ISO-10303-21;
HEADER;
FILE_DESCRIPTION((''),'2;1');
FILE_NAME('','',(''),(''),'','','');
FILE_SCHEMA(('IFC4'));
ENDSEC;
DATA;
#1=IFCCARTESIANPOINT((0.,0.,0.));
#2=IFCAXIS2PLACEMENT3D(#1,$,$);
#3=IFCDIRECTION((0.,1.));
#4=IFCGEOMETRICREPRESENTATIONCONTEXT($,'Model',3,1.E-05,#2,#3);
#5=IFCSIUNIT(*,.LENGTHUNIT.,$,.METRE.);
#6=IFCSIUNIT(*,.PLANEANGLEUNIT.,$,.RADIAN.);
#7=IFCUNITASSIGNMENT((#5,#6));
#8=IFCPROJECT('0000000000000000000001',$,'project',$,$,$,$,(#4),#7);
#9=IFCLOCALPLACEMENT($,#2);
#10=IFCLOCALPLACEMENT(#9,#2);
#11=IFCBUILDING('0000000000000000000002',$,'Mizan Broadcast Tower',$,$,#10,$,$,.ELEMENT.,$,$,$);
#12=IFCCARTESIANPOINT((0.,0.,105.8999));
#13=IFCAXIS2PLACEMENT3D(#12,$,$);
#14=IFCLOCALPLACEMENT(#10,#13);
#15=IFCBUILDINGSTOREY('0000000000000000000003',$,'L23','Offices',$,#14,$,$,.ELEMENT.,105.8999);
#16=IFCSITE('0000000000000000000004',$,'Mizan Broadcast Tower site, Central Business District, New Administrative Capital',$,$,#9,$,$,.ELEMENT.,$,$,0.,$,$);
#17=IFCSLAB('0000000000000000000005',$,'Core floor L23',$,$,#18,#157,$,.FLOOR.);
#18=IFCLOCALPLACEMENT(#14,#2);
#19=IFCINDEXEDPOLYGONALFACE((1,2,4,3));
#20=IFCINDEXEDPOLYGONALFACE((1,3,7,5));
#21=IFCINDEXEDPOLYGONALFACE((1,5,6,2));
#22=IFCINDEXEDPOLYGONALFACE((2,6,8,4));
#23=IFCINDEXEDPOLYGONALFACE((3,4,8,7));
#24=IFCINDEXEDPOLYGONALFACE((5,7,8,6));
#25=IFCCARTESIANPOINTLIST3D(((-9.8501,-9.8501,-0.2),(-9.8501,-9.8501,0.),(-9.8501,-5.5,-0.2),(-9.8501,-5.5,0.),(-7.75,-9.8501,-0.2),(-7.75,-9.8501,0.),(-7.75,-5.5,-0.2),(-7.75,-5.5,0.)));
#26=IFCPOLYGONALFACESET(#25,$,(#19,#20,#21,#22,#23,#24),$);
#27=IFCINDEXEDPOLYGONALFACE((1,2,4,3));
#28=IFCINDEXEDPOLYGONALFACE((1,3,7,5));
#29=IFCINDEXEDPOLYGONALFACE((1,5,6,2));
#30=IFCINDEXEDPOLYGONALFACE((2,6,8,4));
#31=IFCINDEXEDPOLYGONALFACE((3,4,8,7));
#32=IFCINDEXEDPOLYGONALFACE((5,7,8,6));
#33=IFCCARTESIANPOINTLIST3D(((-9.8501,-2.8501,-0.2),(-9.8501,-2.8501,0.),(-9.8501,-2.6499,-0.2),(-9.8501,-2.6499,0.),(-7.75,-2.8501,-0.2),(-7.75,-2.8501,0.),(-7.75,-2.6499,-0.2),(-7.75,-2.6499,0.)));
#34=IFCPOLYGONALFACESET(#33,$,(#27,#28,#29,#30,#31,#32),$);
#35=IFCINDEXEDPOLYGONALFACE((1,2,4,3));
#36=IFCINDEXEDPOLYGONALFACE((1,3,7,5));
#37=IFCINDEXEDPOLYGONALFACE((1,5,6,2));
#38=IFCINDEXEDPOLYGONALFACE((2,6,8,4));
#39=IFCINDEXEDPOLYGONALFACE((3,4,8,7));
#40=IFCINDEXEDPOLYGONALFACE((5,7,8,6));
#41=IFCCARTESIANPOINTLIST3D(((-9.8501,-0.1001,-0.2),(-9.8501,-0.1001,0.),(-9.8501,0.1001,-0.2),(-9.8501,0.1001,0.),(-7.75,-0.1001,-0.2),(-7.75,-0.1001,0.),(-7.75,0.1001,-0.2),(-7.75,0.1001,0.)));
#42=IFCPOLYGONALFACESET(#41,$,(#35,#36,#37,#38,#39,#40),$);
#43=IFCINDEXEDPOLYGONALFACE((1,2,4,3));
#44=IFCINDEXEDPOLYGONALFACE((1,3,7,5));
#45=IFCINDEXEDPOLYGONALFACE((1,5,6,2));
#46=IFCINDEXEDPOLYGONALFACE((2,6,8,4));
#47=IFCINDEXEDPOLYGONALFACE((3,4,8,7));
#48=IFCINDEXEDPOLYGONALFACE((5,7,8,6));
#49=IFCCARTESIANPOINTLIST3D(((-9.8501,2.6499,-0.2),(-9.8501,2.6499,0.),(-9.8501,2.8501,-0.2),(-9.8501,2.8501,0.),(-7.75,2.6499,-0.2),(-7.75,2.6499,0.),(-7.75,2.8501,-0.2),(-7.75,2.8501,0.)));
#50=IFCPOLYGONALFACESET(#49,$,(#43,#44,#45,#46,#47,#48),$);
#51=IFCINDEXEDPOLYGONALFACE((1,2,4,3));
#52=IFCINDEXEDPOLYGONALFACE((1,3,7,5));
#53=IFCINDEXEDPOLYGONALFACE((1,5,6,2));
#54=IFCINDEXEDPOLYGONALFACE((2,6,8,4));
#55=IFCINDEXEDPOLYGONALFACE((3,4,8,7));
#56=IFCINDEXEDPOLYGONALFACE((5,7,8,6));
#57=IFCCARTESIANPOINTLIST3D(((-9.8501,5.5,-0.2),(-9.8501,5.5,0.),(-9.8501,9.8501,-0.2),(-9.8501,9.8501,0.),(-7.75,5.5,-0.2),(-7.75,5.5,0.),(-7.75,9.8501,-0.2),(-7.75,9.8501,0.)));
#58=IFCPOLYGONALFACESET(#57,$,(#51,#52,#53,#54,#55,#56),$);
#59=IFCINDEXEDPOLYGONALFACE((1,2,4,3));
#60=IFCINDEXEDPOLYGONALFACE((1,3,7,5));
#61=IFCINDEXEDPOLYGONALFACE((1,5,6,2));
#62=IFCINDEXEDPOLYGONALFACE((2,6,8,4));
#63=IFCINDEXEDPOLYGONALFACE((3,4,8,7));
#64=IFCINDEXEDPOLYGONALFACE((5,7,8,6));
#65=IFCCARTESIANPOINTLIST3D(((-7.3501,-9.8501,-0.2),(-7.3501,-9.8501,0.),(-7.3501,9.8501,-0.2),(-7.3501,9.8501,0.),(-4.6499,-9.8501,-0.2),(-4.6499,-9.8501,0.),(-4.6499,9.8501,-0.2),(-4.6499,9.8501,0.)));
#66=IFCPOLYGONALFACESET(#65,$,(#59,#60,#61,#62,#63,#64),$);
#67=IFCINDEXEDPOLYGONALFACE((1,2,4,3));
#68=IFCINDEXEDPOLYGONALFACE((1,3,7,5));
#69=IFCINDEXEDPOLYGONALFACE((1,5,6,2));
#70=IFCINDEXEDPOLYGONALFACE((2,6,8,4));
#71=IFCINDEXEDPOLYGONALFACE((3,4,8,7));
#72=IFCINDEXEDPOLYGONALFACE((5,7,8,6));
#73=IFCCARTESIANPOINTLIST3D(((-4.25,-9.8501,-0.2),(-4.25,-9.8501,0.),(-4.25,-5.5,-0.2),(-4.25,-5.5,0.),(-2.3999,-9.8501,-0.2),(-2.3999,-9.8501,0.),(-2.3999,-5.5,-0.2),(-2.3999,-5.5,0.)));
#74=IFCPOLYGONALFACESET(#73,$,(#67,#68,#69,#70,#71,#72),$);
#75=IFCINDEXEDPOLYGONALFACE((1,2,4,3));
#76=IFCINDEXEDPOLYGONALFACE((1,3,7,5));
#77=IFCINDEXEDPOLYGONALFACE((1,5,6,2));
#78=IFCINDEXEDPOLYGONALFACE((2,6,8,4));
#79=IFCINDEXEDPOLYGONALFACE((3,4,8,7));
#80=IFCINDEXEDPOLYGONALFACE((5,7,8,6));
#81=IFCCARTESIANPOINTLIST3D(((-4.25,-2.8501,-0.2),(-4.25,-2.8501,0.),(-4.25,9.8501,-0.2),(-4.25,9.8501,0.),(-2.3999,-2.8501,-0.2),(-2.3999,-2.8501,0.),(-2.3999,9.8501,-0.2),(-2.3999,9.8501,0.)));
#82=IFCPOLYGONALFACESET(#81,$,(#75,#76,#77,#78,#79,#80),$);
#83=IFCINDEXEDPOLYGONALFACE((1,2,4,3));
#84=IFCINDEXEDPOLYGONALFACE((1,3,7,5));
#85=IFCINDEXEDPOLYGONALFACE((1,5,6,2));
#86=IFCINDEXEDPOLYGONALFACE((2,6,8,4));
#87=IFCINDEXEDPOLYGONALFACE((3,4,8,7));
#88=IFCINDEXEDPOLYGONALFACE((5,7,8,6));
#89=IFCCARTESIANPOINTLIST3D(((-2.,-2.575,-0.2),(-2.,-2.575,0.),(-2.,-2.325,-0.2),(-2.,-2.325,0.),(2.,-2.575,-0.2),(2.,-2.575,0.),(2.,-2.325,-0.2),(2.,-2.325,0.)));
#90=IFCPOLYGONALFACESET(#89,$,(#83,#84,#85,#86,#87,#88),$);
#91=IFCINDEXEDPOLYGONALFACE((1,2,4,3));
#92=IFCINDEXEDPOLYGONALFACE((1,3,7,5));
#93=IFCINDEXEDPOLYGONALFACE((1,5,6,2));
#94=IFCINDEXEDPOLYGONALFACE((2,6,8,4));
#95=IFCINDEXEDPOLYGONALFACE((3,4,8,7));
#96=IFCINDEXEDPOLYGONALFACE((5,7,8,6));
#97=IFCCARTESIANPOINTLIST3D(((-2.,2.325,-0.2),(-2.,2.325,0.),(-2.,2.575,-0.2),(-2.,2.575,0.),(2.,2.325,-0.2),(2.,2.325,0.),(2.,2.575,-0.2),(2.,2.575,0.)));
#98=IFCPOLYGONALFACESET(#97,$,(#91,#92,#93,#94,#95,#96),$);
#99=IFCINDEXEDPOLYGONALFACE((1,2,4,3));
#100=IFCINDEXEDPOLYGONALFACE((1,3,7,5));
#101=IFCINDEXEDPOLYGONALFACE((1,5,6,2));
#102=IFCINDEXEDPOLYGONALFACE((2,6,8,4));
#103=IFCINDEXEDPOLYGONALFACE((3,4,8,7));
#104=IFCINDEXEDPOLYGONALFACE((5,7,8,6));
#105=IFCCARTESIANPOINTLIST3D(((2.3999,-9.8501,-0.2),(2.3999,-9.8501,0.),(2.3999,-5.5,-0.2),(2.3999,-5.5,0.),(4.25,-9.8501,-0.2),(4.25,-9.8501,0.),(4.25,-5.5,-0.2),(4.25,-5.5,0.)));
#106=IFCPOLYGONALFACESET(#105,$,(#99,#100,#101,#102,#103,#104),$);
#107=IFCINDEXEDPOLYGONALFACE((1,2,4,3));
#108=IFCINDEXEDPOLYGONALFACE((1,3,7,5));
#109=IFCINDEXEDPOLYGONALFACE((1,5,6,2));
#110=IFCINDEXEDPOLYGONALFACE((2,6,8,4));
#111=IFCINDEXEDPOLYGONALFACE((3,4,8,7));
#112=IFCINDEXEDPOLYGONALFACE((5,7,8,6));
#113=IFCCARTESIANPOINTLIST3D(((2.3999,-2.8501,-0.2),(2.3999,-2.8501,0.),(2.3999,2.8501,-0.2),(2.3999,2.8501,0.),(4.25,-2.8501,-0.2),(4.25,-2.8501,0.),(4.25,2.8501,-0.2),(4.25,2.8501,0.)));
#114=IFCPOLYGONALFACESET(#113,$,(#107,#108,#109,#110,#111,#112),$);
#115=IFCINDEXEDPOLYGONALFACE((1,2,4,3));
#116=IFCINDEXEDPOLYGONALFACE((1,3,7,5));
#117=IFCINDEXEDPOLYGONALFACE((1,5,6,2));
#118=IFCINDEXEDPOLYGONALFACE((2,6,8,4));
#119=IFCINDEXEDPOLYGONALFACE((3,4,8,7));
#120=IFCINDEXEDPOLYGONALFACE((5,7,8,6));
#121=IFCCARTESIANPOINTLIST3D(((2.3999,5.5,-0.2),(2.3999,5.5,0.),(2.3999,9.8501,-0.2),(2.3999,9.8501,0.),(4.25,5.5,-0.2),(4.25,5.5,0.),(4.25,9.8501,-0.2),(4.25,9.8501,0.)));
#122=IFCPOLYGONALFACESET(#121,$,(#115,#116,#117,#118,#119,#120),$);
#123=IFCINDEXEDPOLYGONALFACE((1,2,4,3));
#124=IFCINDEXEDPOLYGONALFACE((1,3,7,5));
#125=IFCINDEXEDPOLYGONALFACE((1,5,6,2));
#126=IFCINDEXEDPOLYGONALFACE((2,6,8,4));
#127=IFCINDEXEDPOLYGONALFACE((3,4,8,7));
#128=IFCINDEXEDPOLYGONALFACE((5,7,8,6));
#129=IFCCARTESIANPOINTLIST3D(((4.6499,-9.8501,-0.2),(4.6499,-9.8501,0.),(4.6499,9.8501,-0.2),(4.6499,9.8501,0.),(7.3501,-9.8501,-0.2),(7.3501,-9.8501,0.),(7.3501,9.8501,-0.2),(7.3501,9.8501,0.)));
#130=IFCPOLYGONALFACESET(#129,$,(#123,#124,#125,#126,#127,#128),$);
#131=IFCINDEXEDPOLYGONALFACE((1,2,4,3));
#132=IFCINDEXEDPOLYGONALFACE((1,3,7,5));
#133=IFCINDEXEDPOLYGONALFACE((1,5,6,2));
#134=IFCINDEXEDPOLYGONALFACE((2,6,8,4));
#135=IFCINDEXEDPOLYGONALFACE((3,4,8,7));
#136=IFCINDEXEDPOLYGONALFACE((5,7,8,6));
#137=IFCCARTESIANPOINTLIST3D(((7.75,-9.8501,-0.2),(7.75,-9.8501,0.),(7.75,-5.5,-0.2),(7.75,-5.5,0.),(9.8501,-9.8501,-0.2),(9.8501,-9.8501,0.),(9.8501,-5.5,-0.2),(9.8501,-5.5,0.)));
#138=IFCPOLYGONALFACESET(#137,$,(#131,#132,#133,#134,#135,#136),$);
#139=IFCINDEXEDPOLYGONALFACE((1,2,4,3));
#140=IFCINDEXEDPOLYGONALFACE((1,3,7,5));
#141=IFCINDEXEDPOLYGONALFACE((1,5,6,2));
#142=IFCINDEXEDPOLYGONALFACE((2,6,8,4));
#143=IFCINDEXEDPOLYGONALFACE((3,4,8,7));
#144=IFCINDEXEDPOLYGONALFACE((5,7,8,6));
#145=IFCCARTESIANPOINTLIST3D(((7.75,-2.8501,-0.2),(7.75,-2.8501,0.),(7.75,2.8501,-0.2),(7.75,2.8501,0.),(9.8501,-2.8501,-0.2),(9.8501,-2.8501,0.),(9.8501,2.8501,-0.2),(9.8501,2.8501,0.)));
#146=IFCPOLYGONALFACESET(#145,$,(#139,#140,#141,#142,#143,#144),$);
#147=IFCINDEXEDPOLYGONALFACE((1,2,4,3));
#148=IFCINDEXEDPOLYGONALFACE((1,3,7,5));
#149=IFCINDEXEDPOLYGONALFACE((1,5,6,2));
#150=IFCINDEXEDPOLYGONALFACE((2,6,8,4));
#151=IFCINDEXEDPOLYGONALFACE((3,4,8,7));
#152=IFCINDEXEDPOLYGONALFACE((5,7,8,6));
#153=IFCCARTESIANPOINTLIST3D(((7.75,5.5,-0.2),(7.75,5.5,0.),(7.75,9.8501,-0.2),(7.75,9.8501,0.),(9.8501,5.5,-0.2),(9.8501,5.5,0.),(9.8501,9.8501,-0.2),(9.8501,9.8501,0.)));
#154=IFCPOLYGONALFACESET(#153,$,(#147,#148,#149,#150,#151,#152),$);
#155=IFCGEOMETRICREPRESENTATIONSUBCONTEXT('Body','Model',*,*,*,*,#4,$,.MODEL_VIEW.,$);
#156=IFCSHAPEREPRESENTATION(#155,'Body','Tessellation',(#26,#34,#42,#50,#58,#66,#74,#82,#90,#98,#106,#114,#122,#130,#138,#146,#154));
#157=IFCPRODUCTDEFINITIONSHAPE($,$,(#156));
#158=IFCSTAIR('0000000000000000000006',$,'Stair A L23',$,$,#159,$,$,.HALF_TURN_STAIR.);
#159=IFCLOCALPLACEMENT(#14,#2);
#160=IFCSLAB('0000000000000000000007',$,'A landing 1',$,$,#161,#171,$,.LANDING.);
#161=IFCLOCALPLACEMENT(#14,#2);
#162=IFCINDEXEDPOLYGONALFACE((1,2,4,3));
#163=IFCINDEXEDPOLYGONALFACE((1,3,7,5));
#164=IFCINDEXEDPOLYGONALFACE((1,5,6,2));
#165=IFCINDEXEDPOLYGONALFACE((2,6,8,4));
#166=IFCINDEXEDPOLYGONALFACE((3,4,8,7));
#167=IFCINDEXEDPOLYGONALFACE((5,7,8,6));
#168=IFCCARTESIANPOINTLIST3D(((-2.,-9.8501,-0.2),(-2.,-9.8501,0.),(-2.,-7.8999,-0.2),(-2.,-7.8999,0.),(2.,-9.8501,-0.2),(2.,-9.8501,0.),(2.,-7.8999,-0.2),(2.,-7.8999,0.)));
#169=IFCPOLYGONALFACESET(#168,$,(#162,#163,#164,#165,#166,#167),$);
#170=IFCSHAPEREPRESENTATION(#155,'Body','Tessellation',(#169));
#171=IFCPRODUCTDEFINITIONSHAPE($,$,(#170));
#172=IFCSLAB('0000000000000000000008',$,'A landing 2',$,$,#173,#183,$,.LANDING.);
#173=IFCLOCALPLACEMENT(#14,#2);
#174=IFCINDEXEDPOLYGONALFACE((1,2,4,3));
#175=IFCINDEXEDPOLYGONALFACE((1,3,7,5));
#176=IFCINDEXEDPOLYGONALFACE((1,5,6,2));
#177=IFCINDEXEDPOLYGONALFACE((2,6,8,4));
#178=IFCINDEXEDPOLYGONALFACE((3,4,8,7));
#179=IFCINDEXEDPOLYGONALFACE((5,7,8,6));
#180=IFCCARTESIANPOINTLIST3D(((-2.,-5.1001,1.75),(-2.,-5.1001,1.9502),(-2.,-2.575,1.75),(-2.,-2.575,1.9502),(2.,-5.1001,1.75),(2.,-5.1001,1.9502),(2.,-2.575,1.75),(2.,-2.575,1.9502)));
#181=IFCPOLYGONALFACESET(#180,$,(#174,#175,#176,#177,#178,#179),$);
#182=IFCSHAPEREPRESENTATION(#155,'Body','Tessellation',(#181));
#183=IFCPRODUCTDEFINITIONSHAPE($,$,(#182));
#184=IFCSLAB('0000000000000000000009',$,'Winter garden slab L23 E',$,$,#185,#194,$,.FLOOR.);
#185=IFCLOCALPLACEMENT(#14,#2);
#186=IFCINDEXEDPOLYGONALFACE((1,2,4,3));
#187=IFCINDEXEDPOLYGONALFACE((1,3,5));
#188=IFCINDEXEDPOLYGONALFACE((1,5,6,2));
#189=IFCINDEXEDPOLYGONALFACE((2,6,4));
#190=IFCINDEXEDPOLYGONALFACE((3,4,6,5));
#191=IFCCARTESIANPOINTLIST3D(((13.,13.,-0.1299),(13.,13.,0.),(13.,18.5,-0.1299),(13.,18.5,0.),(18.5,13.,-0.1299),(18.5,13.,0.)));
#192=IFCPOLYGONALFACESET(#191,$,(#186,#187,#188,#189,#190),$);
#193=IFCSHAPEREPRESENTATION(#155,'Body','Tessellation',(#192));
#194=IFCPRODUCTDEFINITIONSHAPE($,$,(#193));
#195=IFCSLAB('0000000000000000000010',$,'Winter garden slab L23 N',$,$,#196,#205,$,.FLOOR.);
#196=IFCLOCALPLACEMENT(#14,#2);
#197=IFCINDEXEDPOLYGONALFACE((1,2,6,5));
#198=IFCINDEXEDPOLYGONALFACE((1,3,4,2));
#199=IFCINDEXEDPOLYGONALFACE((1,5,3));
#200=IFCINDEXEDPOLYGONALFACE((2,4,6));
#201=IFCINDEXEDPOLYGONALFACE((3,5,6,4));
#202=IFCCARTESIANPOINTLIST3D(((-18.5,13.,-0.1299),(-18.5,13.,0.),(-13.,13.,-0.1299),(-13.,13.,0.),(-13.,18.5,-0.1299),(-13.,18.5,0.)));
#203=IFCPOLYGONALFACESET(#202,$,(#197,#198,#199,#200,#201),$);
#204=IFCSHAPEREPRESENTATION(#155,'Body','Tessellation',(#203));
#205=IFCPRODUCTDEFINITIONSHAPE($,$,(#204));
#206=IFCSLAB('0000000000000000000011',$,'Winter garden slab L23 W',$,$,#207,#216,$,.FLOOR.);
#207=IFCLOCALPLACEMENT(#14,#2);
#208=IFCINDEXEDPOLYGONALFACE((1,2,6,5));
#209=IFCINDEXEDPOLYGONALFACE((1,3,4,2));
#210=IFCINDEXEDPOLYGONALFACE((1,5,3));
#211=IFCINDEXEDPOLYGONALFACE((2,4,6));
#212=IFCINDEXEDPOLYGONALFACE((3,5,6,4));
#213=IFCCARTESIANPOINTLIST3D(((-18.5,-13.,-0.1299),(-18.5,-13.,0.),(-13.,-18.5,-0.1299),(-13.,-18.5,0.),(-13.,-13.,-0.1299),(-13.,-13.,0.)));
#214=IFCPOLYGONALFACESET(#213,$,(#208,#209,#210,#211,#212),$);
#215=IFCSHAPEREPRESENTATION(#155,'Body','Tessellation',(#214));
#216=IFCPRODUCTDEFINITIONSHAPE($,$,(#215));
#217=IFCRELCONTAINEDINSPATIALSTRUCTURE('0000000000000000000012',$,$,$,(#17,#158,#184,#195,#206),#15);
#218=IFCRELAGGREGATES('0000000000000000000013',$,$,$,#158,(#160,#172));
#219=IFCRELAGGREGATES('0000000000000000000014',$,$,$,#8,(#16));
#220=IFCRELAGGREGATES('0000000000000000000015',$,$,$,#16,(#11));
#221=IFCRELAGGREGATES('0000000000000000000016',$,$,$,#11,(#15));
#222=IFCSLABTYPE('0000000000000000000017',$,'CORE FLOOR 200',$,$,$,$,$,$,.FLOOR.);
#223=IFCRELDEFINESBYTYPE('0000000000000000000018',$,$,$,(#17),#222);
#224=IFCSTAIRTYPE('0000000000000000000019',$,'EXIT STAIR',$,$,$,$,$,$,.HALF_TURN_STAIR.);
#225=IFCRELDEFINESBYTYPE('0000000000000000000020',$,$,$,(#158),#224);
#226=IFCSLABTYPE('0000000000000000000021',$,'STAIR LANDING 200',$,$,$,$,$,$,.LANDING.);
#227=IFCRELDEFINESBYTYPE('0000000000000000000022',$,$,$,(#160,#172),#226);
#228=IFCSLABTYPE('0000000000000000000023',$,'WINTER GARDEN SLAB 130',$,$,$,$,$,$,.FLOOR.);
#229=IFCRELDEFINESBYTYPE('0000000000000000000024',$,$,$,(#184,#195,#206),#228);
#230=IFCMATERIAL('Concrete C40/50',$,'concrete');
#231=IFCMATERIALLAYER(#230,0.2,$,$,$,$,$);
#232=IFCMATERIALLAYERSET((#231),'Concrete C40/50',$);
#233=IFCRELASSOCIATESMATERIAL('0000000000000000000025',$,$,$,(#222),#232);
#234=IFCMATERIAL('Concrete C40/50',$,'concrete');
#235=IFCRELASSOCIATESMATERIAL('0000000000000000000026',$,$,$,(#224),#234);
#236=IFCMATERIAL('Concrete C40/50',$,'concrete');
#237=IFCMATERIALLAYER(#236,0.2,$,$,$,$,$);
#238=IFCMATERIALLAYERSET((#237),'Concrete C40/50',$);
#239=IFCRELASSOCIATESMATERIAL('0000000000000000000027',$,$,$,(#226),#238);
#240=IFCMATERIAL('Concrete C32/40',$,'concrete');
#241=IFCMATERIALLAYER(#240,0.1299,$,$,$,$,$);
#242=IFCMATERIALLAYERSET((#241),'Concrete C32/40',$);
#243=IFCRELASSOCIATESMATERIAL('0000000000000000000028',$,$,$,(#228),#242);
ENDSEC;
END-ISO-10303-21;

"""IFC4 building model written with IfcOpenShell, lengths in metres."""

from ifc_helpers import new_model, si_unit, direction, frame, origin, place, context, subcontext, project, spatial, polyline, outline, extrude, material, layer, layer_set, type_object, element, aggregate, save


model = new_model("IFC4")

# Units and contexts
model_context = context("Model", 3, precision=1e-05, world=origin(), true_north=direction((0.0, 1.0)))
body_context = subcontext(model_context, "Body", "Model", "MODEL_VIEW")
ifc_project = project(units=[si_unit("LENGTHUNIT", "METRE"), si_unit("PLANEANGLEUNIT", "RADIAN")], contexts=[model_context])

# Site, building, storey
site_placement = place(None, origin())
site = spatial("IfcSite", under=ifc_project, at=site_placement, Name="Mizan Broadcast Tower site, Central Business District, New Administrative Capital", CompositionType="ELEMENT", RefElevation=0.0)
building_placement = place(site_placement, origin())
building = spatial("IfcBuilding", under=site, at=building_placement, Name="Mizan Broadcast Tower", CompositionType="ELEMENT")
storey_placement = place(building_placement, frame((0.0, 0.0, 105.8999)))
storey = spatial("IfcBuildingStorey", under=building, at=storey_placement, Name="L23", Description="Offices", CompositionType="ELEMENT", Elevation=105.8999)

# Slab
ifc_material_1 = material(Name="Concrete C40/50", Category="concrete")
ifc_layer_1 = layer(ifc_material_1, 0.2)
ifc_layer_set_1 = layer_set([ifc_layer_1], Name="Concrete C40/50")
slab_type_1 = type_object("IfcSlabType", Name="CORE FLOOR 200", PredefinedType="FLOOR", material=ifc_layer_set_1)
slab_1_placement = place(storey_placement, frame((0.0, 0.0, -0.2)))
element("IfcSlab", 1, at=slab_1_placement, inside=storey, type_object=slab_type_1, Name="Core floor L23", PredefinedType="FLOOR", context=body_context, shape_type="SweptSolid", body=[
    extrude(outline(polyline([(-9.8501, -9.8501), (-7.75, -9.8501), (-7.75, -5.5), (-9.8501, -5.5), (-9.8501, -9.8501)])), origin(), (0.0, 0.0, 1.0), 0.2),
    extrude(outline(polyline([(-9.8501, -2.8501), (-7.75, -2.8501), (-7.75, -2.6499), (-9.8501, -2.6499), (-9.8501, -2.8501)])), origin(), (0.0, 0.0, 1.0), 0.2),
    extrude(outline(polyline([(-9.8501, -0.1001), (-7.75, -0.1001), (-7.75, 0.1001), (-9.8501, 0.1001), (-9.8501, -0.1001)])), origin(), (0.0, 0.0, 1.0), 0.2),
    extrude(outline(polyline([(-9.8501, 2.6499), (-7.75, 2.6499), (-7.75, 2.8501), (-9.8501, 2.8501), (-9.8501, 2.6499)])), origin(), (0.0, 0.0, 1.0), 0.2),
    extrude(outline(polyline([(-9.8501, 5.5), (-7.75, 5.5), (-7.75, 9.8501), (-9.8501, 9.8501), (-9.8501, 5.5)])), origin(), (0.0, 0.0, 1.0), 0.2),
    extrude(outline(polyline([(-4.6499, 9.8501), (-7.3501, 9.8501), (-7.3501, -9.8501), (-4.6499, -9.8501), (-4.6499, 9.8501)])), origin(), (0.0, 0.0, 1.0), 0.2),
    extrude(outline(polyline([(-4.25, -5.5), (-4.25, -9.8501), (-2.3999, -9.8501), (-2.3999, -5.5), (-4.25, -5.5)])), origin(), (0.0, 0.0, 1.0), 0.2),
    extrude(outline(polyline([(-4.25, -2.8501), (-2.3999, -2.8501), (-2.3999, 9.8501), (-4.25, 9.8501), (-4.25, -2.8501)])), origin(), (0.0, 0.0, 1.0), 0.2),
    extrude(outline(polyline([(2.0, -2.325), (-2.0, -2.325), (-2.0, -2.575), (2.0, -2.575), (2.0, -2.325)])), origin(), (0.0, 0.0, 1.0), 0.2),
    extrude(outline(polyline([(2.0, 2.575), (-2.0, 2.575), (-2.0, 2.325), (2.0, 2.325), (2.0, 2.575)])), origin(), (0.0, 0.0, 1.0), 0.2),
    extrude(outline(polyline([(4.25, -9.8501), (4.25, -5.5), (2.3999, -5.5), (2.3999, -9.8501), (4.25, -9.8501)])), origin(), (0.0, 0.0, 1.0), 0.2),
    extrude(outline(polyline([(4.25, -2.8501), (4.25, 2.8501), (2.3999, 2.8501), (2.3999, -2.8501), (4.25, -2.8501)])), origin(), (0.0, 0.0, 1.0), 0.2),
    extrude(outline(polyline([(4.25, 5.5), (4.25, 9.8501), (2.3999, 9.8501), (2.3999, 5.5), (4.25, 5.5)])), origin(), (0.0, 0.0, 1.0), 0.2),
    extrude(outline(polyline([(4.6499, 9.8501), (4.6499, -9.8501), (7.3501, -9.8501), (7.3501, 9.8501), (4.6499, 9.8501)])), origin(), (0.0, 0.0, 1.0), 0.2),
    extrude(outline(polyline([(9.8501, -9.8501), (9.8501, -5.5), (7.75, -5.5), (7.75, -9.8501), (9.8501, -9.8501)])), origin(), (0.0, 0.0, 1.0), 0.2),
    extrude(outline(polyline([(7.75, 2.8501), (7.75, -2.8501), (9.8501, -2.8501), (9.8501, 2.8501), (7.75, 2.8501)])), origin(), (0.0, 0.0, 1.0), 0.2),
    extrude(outline(polyline([(9.8501, 5.5), (9.8501, 9.8501), (7.75, 9.8501), (7.75, 5.5), (9.8501, 5.5)])), origin(), (0.0, 0.0, 1.0), 0.2),
])

# Stair, slabs
ifc_material_2 = material(Name="Concrete C40/50", Category="concrete")
stair_type = type_object("IfcStairType", Name="EXIT STAIR", PredefinedType="HALF_TURN_STAIR", material=ifc_material_2)
stair_placement = place(storey_placement, origin())
stair = element("IfcStair", 2, at=stair_placement, inside=storey, type_object=stair_type, Name="Stair A L23", PredefinedType="HALF_TURN_STAIR")
ifc_material_3 = material(Name="Concrete C40/50", Category="concrete")
ifc_layer_2 = layer(ifc_material_3, 0.2)
ifc_layer_set_2 = layer_set([ifc_layer_2], Name="Concrete C40/50")
slab_type_2 = type_object("IfcSlabType", Name="STAIR LANDING 200", PredefinedType="LANDING", material=ifc_layer_set_2)
slab_2_placement = place(storey_placement, frame((0.0, 0.0, -0.2)))
slab_2 = element("IfcSlab", 3, at=slab_2_placement, type_object=slab_type_2, Name="A landing 1", PredefinedType="LANDING", context=body_context, shape_type="SweptSolid", body=[
    extrude(outline(polyline([(-2.0, -9.8501), (-2.0, -7.8999), (2.0, -7.8999), (2.0, -9.8501), (-2.0, -9.8501)])), origin(), (0.0, 0.0, 1.0), 0.2),
])
slab_3_placement = place(storey_placement, frame((0.0, 0.0, 1.75)))
slab_3 = element("IfcSlab", 4, at=slab_3_placement, type_object=slab_type_2, Name="A landing 2", PredefinedType="LANDING", context=body_context, shape_type="SweptSolid", body=[
    extrude(outline(polyline([(-2.0, -5.1001), (-2.0, -2.575), (2.0, -2.575), (2.0, -5.1001), (-2.0, -5.1001)])), origin(), (0.0, 0.0, 1.0), 0.2002),
])

# Slabs
ifc_material_4 = material(Name="Concrete C32/40", Category="concrete")
ifc_layer_3 = layer(ifc_material_4, 0.1299)
ifc_layer_set_3 = layer_set([ifc_layer_3], Name="Concrete C32/40")
slab_type_3 = type_object("IfcSlabType", Name="WINTER GARDEN SLAB 130", PredefinedType="FLOOR", material=ifc_layer_set_3)
slab_4_placement = place(storey_placement, frame((0.0, 0.0, -0.1299)))
element("IfcSlab", 5, at=slab_4_placement, inside=storey, type_object=slab_type_3, Name="Winter garden slab L23 E", PredefinedType="FLOOR", context=body_context, shape_type="SweptSolid", body=[
    extrude(outline(polyline([(13.0, 13.0), (18.5, 13.0), (13.0, 18.5), (13.0, 13.0)])), origin(), (0.0, 0.0, 1.0), 0.1299),
])
slab_5_placement = place(storey_placement, frame((0.0, 0.0, -0.1299)))
element("IfcSlab", 6, at=slab_5_placement, inside=storey, type_object=slab_type_3, Name="Winter garden slab L23 N", PredefinedType="FLOOR", context=body_context, shape_type="SweptSolid", body=[
    extrude(outline(polyline([(-13.0, 13.0), (-13.0, 18.5), (-18.5, 13.0), (-13.0, 13.0)])), origin(), (0.0, 0.0, 1.0), 0.1299),
])
slab_6_placement = place(storey_placement, frame((0.0, 0.0, -0.1299)))
element("IfcSlab", 7, at=slab_6_placement, inside=storey, type_object=slab_type_3, Name="Winter garden slab L23 W", PredefinedType="FLOOR", context=body_context, shape_type="SweptSolid", body=[
    extrude(outline(polyline([(-13.0, -13.0), (-18.5, -13.0), (-13.0, -18.5), (-13.0, -13.0)])), origin(), (0.0, 0.0, 1.0), 0.1299),
])

aggregate(stair, [slab_2, slab_3])

save(model, "model.ifc")
